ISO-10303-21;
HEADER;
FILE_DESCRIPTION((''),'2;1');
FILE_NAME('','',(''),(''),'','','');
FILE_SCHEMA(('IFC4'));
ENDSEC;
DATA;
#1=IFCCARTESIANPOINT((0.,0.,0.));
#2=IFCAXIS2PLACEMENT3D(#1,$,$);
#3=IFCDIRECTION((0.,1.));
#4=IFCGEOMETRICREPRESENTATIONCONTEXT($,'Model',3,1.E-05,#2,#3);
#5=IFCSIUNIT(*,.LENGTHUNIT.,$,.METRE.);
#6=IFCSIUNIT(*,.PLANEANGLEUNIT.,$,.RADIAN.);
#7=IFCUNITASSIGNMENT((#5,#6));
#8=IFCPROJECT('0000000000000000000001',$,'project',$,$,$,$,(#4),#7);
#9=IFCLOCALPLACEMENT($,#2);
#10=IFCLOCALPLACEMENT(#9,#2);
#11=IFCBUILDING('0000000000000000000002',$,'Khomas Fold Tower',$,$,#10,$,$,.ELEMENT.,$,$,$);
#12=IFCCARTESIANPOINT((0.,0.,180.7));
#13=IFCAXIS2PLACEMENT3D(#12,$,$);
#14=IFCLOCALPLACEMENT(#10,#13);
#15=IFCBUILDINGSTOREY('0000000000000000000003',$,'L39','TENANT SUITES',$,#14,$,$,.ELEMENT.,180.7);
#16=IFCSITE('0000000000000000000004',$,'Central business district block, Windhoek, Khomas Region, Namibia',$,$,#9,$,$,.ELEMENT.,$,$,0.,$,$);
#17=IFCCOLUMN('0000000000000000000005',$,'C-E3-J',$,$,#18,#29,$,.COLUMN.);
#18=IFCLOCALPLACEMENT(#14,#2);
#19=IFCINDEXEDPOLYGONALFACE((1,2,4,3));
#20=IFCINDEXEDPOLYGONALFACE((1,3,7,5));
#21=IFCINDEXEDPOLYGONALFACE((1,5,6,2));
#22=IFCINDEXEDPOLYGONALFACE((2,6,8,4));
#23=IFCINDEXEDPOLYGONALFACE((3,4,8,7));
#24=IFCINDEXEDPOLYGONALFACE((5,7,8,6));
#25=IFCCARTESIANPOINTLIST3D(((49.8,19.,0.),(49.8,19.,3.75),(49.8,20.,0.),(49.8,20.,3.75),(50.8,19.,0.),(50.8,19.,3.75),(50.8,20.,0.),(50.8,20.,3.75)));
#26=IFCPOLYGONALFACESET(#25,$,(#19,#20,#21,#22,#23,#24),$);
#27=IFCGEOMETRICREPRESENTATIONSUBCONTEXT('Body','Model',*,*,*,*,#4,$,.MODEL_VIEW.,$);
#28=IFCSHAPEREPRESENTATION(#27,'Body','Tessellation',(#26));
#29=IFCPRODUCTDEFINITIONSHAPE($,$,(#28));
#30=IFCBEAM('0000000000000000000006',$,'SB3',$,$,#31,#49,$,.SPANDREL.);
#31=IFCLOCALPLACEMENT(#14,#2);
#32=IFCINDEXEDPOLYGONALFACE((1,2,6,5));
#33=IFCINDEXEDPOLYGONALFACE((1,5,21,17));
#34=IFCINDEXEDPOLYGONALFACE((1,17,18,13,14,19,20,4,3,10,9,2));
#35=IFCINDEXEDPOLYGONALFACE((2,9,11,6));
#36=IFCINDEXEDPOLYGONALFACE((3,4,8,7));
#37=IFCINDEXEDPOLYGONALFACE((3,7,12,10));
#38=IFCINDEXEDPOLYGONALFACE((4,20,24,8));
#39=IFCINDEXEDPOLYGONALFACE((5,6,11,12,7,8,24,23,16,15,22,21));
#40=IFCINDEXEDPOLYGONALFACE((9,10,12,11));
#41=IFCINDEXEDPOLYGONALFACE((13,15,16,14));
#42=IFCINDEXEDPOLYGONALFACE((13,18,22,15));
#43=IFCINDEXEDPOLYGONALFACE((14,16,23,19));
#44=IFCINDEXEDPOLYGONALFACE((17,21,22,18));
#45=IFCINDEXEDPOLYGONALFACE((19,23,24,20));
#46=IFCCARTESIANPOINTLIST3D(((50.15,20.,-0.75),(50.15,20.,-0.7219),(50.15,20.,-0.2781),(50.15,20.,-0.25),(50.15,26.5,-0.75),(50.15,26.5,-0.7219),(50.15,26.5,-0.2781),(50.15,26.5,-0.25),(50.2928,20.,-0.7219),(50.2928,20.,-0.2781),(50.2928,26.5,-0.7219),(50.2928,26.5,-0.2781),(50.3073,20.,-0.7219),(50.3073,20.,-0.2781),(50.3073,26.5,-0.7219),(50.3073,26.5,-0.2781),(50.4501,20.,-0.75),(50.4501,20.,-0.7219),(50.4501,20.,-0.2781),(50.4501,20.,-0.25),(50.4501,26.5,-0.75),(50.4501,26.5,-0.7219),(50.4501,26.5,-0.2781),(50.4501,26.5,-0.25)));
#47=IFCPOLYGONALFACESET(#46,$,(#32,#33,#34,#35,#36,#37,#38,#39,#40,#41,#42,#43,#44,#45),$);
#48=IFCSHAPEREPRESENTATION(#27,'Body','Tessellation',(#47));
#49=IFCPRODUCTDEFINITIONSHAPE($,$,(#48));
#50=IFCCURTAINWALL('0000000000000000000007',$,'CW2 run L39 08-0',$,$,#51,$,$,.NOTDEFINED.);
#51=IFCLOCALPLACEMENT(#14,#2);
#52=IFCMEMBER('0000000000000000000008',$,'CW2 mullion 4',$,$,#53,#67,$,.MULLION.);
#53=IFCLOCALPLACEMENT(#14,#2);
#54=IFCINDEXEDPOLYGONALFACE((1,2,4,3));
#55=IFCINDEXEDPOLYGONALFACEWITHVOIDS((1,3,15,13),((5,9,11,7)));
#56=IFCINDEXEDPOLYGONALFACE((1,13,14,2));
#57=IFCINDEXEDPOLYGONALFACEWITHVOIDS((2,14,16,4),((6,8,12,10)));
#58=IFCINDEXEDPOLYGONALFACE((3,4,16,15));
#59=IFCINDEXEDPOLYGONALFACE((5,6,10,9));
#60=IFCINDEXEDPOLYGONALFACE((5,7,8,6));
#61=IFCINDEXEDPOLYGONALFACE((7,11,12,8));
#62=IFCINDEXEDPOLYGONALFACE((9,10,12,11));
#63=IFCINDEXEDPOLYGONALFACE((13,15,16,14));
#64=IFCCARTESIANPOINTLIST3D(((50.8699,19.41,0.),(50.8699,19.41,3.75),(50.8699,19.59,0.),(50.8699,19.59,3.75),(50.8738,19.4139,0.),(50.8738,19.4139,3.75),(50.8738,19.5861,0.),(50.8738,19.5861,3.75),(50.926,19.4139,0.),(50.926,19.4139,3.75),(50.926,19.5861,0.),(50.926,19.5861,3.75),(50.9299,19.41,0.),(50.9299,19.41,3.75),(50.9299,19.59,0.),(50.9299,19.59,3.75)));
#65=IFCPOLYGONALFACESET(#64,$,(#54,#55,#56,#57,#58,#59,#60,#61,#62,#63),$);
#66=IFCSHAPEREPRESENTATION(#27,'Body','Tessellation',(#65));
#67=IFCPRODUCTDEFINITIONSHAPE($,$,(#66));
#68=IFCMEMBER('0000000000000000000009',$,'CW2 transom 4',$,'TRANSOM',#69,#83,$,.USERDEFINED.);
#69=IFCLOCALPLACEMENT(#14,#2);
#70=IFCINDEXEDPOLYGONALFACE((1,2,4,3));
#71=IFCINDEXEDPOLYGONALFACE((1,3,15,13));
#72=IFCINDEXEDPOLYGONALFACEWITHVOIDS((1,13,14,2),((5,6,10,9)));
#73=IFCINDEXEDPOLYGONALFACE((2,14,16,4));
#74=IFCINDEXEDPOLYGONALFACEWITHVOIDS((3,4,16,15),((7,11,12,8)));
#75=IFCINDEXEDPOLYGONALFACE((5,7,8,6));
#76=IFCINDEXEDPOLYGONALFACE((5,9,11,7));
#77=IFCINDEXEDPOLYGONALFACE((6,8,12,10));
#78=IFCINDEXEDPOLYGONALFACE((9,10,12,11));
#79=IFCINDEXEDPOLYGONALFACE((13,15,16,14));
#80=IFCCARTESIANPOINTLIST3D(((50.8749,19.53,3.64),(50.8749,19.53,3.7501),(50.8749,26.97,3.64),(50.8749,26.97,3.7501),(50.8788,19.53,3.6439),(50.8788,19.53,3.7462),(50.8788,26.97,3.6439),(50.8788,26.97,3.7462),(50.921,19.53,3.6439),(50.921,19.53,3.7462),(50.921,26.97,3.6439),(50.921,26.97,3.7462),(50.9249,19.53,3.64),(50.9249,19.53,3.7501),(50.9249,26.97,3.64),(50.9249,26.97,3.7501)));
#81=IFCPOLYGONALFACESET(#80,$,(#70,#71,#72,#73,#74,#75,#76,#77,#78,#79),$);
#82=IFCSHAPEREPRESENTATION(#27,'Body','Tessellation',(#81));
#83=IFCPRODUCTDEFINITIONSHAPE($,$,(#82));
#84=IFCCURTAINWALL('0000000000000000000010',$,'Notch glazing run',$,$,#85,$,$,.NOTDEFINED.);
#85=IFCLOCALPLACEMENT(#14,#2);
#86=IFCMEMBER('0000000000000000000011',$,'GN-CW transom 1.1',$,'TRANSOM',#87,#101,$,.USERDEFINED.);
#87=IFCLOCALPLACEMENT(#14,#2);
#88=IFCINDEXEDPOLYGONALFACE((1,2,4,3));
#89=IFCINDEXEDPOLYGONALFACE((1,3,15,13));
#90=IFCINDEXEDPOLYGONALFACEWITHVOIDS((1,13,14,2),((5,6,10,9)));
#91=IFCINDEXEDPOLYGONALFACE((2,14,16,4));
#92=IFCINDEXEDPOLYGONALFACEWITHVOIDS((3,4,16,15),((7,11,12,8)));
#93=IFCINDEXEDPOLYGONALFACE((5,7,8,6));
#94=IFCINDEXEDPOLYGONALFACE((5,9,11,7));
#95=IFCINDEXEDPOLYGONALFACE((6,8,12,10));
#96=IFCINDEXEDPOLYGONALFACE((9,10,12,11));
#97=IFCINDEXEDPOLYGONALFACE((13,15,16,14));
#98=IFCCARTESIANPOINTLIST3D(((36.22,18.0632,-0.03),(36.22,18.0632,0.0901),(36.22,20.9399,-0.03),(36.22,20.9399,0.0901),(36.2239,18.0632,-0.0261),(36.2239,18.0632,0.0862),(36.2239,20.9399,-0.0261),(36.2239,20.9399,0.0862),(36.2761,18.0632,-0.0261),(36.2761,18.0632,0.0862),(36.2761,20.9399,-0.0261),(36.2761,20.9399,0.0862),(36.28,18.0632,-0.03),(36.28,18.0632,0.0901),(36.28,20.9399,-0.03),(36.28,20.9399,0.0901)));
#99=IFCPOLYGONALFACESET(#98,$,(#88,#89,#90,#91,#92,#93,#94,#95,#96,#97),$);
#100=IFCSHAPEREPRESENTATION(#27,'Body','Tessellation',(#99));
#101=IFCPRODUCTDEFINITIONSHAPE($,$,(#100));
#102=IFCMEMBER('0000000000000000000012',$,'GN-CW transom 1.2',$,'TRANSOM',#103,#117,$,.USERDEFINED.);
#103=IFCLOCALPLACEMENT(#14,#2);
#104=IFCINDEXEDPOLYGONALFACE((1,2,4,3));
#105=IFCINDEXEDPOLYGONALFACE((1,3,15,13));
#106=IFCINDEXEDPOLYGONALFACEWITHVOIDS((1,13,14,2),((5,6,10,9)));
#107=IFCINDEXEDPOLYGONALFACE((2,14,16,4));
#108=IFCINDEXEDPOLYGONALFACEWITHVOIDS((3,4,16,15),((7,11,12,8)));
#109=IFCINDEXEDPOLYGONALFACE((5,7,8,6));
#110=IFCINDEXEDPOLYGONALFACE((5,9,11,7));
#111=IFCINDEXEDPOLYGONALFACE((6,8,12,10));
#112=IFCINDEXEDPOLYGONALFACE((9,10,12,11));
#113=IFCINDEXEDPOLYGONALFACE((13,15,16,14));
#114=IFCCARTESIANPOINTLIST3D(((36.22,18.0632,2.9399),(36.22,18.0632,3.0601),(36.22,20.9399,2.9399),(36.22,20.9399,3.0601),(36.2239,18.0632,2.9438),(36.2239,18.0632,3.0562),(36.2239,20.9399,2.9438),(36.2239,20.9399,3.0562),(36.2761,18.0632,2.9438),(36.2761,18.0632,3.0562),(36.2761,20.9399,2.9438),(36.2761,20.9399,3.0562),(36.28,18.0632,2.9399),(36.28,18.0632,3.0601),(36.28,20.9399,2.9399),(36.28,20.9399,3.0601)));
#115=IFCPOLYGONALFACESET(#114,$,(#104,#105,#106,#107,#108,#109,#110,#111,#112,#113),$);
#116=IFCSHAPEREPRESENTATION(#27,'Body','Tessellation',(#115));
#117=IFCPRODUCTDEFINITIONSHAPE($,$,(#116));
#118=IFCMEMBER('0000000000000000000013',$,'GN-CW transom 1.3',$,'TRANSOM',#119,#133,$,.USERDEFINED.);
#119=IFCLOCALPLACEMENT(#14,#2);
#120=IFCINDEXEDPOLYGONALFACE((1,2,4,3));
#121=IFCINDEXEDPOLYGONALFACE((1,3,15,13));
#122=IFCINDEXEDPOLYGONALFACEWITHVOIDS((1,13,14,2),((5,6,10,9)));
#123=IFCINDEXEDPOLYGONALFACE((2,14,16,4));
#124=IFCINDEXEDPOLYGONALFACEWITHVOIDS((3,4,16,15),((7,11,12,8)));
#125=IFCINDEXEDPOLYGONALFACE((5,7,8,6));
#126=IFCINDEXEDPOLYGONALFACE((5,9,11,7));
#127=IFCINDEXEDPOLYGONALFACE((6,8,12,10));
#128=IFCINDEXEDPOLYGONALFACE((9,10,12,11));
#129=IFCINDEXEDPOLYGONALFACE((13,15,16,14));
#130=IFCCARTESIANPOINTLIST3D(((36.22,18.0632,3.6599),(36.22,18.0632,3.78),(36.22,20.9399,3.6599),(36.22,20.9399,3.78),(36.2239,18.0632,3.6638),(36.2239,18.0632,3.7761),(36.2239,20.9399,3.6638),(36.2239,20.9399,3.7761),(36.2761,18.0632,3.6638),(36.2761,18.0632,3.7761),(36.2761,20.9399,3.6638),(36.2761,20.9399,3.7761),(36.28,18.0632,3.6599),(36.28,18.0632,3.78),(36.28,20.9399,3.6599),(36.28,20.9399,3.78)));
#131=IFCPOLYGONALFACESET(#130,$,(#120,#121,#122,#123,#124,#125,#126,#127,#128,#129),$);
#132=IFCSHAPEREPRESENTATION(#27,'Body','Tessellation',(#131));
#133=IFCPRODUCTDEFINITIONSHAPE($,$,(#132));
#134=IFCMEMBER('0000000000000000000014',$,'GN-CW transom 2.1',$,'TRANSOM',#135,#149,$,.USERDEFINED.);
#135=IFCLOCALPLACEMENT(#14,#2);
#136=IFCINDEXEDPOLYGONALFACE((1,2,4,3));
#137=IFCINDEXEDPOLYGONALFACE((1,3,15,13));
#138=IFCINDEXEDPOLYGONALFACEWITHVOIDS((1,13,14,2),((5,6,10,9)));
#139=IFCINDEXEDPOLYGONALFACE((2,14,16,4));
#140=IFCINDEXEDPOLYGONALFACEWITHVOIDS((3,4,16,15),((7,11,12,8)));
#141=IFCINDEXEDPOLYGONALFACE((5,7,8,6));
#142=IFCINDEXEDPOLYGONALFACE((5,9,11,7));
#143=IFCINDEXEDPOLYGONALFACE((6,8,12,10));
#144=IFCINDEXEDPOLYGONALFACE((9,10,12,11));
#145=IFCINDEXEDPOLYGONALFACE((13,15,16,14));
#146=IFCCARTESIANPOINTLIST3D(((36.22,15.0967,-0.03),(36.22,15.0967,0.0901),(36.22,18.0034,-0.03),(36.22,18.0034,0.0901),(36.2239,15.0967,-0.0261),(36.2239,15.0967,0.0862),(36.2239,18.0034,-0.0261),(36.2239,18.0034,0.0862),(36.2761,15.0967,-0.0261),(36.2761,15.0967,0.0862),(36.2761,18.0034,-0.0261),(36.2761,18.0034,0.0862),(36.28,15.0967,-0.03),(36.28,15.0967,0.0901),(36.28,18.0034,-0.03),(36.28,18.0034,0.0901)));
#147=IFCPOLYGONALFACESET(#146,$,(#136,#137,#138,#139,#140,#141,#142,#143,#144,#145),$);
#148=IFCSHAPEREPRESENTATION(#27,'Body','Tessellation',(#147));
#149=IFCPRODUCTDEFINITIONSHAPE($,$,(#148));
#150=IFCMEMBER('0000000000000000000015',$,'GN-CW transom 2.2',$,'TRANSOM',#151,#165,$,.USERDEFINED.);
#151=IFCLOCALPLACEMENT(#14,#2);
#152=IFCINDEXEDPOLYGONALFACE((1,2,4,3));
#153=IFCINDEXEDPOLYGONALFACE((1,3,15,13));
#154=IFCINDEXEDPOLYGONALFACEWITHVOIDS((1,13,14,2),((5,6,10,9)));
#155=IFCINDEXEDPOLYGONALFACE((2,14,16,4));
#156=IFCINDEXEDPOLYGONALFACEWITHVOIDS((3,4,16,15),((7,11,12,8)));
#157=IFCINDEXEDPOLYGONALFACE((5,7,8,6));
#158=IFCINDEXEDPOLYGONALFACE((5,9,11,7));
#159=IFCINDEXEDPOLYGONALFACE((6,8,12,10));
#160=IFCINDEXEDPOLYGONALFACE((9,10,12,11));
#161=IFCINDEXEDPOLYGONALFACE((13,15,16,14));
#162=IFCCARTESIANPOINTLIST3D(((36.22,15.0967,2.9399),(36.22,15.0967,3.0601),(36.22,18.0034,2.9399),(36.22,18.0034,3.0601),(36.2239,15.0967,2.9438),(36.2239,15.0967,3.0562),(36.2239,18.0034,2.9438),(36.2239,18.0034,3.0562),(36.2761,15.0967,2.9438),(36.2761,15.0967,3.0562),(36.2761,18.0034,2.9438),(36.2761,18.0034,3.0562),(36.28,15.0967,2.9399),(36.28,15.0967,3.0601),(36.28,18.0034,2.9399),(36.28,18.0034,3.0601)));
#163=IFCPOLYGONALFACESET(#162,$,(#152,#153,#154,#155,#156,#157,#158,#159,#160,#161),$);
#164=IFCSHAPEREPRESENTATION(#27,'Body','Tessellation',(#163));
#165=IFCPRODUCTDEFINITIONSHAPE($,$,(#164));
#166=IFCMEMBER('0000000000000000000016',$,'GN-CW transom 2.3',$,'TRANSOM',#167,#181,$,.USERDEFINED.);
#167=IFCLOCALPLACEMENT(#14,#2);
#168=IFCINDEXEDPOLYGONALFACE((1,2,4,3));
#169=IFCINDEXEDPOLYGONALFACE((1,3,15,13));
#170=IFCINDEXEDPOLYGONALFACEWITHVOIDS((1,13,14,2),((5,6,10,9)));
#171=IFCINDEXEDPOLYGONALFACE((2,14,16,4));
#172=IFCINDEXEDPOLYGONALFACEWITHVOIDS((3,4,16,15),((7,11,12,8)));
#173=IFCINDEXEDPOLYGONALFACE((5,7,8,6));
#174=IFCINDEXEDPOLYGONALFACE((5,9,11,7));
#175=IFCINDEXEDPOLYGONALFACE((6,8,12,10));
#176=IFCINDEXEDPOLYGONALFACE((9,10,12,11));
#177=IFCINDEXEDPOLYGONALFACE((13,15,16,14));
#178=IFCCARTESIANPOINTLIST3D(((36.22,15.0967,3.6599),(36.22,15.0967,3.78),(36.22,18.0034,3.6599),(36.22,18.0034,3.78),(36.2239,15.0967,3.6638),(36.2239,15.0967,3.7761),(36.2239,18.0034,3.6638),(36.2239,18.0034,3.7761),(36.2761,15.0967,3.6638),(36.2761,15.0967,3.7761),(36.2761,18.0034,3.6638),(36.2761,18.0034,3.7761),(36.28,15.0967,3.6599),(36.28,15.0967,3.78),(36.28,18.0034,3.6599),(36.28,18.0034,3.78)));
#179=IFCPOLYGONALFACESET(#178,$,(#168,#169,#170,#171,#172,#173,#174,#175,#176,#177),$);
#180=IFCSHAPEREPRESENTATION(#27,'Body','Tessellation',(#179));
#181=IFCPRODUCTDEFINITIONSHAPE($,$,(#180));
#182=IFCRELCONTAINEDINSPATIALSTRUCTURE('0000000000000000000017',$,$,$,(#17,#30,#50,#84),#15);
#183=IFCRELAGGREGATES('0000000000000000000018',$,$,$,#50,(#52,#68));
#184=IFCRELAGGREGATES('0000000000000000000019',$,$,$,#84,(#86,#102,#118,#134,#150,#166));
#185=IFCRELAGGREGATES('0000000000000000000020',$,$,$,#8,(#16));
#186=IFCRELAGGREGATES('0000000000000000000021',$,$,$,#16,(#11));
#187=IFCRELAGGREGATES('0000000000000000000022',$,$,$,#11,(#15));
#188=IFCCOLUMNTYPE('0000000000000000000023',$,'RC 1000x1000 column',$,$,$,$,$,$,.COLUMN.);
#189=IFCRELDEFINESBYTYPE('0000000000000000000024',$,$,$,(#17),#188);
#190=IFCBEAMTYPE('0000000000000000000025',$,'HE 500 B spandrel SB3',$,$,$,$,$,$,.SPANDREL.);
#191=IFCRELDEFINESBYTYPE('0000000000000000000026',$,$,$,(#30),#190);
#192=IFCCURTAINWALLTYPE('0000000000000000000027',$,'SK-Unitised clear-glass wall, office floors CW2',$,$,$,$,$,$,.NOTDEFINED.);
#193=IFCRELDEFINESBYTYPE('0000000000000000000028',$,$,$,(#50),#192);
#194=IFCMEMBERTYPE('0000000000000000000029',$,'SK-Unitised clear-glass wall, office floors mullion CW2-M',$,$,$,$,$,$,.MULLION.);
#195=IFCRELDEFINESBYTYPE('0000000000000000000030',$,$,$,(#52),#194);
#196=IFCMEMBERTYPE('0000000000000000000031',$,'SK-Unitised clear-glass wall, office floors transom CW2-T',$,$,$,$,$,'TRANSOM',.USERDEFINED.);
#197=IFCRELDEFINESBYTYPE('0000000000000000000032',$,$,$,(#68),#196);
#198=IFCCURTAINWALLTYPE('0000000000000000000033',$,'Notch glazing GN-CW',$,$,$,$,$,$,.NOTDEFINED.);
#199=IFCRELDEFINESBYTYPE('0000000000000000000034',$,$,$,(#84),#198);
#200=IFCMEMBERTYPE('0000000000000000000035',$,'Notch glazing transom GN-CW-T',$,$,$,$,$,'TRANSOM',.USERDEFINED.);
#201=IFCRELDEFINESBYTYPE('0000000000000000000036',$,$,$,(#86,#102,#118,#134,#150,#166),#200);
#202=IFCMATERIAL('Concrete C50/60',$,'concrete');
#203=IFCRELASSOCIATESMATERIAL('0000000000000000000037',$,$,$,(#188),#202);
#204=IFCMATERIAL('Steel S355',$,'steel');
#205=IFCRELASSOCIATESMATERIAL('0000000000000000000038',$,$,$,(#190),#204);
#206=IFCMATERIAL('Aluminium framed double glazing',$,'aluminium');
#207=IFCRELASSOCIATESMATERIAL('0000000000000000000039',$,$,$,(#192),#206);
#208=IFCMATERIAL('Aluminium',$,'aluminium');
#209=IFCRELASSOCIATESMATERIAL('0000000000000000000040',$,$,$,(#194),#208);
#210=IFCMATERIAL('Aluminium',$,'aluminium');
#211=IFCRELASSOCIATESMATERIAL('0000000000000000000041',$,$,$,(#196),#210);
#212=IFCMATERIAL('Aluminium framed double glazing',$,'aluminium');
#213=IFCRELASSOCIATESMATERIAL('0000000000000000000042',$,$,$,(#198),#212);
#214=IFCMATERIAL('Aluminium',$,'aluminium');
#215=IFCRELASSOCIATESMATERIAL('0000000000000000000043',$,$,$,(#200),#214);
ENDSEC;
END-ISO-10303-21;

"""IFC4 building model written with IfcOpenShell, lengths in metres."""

from ifc_helpers import new_model, si_unit, direction, frame, origin, origin_2d, place, context, subcontext, project, spatial, rectangle, hollow_rectangle, i_section, extrude, source, transform, mapped, material, material_profile, profile_set, type_object, element, aggregate, save


model = new_model("IFC4")

# Units and contexts
model_context = context("Model", 3, precision=1e-05, world=origin(), true_north=direction((0.0, 1.0)))
body_context = subcontext(model_context, "Body", "Model", "MODEL_VIEW")
ifc_project = project(units=[si_unit("LENGTHUNIT", "METRE"), si_unit("PLANEANGLEUNIT", "RADIAN")], contexts=[model_context])

# Site, building, storey
site_placement = place(None, origin())
site = spatial("IfcSite", under=ifc_project, at=site_placement, Name="Central business district block, Windhoek, Khomas Region, Namibia", CompositionType="ELEMENT", RefElevation=0.0)
building_placement = place(site_placement, origin())
building = spatial("IfcBuilding", under=site, at=building_placement, Name="Khomas Fold Tower", CompositionType="ELEMENT")
storey_placement = place(building_placement, frame((0.0, 0.0, 180.7)))
storey = spatial("IfcBuildingStorey", under=building, at=storey_placement, Name="L39", Description="TENANT SUITES", CompositionType="ELEMENT", Elevation=180.7)

# Column
ifc_material_1 = material(Name="Concrete C50/60", Category="concrete")
ifc_material_profile_1 = material_profile(ifc_material_1, rectangle(XDim=1.0, YDim=1.0, at=origin_2d()), Name="RC 1000x1000")
ifc_profile_set_1 = profile_set([ifc_material_profile_1], Name="Concrete C50/60")
column_type = type_object("IfcColumnType", Name="RC 1000x1000 column", PredefinedType="COLUMN", material=ifc_profile_set_1)
shared_shape_1 = source(origin(), body_context, "Body", "SweptSolid", [
    extrude(rectangle(XDim=1.0, YDim=1.0, at=origin_2d()), origin(), (0.0, 0.0, 1.0), 3.75),
])
column_placement = place(storey_placement, frame((50.3, 19.5, 0.0), z_axis=(0.0, 0.0, 1.0), x_axis=(1.0, 0.0, 0.0)))
element("IfcColumn", 1, at=column_placement, inside=storey, type_object=column_type, Name="C-E3-J", PredefinedType="COLUMN", context=body_context, shape_type="MappedRepresentation", body=[
    mapped(shared_shape_1, transform((0.0, 0.0, 0.0))),
])

# Beam
ifc_material_2 = material(Name="Steel S355", Category="steel")
ifc_material_profile_2 = material_profile(ifc_material_2, i_section(OverallWidth=0.3, OverallDepth=0.5, WebThickness=0.0144, FlangeThickness=0.0281, at=origin_2d()), Name="HE 500 B")
ifc_profile_set_2 = profile_set([ifc_material_profile_2], Name="Steel S355")
beam_type = type_object("IfcBeamType", Name="HE 500 B spandrel SB3", PredefinedType="SPANDREL", material=ifc_profile_set_2)
shared_shape_2 = source(origin(), body_context, "Body", "SweptSolid", [
    extrude(i_section(OverallWidth=0.3, OverallDepth=0.5, WebThickness=0.0144, FlangeThickness=0.0281, at=origin_2d()), origin(), (0.0, 0.0, 1.0), 6.5),
])
beam_placement = place(storey_placement, frame((50.3, 20.0, -0.5), z_axis=(0.0, 1.0, 0.0), x_axis=(-1.0, 0.0, 0.0)))
element("IfcBeam", 2, at=beam_placement, inside=storey, type_object=beam_type, Name="SB3", PredefinedType="SPANDREL", context=body_context, shape_type="MappedRepresentation", body=[
    mapped(shared_shape_2, transform((0.0, 0.0, 0.0))),
])

# Curtain wall, members
ifc_material_3 = material(Name="Aluminium framed double glazing", Category="aluminium")
curtain_wall_type_1 = type_object("IfcCurtainWallType", Name="SK-Unitised clear-glass wall, office floors CW2", PredefinedType="NOTDEFINED", material=ifc_material_3)
curtain_wall_1_placement = place(storey_placement, origin())
curtain_wall_1 = element("IfcCurtainWall", 3, at=curtain_wall_1_placement, inside=storey, type_object=curtain_wall_type_1, Name="CW2 run L39 08-0", PredefinedType="NOTDEFINED")
ifc_material_4 = material(Name="Aluminium", Category="aluminium")
ifc_material_profile_3 = material_profile(ifc_material_4, hollow_rectangle(XDim=0.0601, YDim=0.1799, WallThickness=0.0039, at=origin_2d()), Name="SK-Unitised clear-glass wall, office floors mullion CW2-M")
ifc_profile_set_3 = profile_set([ifc_material_profile_3], Name="Aluminium")
member_type_1 = type_object("IfcMemberType", Name="SK-Unitised clear-glass wall, office floors mullion CW2-M", PredefinedType="MULLION", material=ifc_profile_set_3)
shared_shape_3 = source(origin(), body_context, "Body", "SweptSolid", [
    extrude(hollow_rectangle(XDim=0.0601, YDim=0.1799, WallThickness=0.0039, at=origin_2d()), origin(), (0.0, 0.0, 1.0), 3.75),
])
member_1_placement = place(storey_placement, frame((50.8999, 19.5, 0.0), z_axis=(0.0, 0.0, 1.0), x_axis=(-1.0, 0.0, 0.0)))
member_1 = element("IfcMember", 4, at=member_1_placement, type_object=member_type_1, Name="CW2 mullion 4", PredefinedType="MULLION", context=body_context, shape_type="MappedRepresentation", body=[
    mapped(shared_shape_3, transform((0.0, 0.0, 0.0))),
])
ifc_material_5 = material(Name="Aluminium", Category="aluminium")
ifc_material_profile_4 = material_profile(ifc_material_5, hollow_rectangle(XDim=0.05, YDim=0.1101, WallThickness=0.0039, at=origin_2d()), Name="SK-Unitised clear-glass wall, office floors transom CW2-T")
ifc_profile_set_4 = profile_set([ifc_material_profile_4], Name="Aluminium")
member_type_2 = type_object("IfcMemberType", Name="SK-Unitised clear-glass wall, office floors transom CW2-T", ElementType="TRANSOM", PredefinedType="USERDEFINED", material=ifc_profile_set_4)
shared_shape_4 = source(origin(), body_context, "Body", "SweptSolid", [
    extrude(hollow_rectangle(XDim=0.05, YDim=0.1101, WallThickness=0.0039, at=origin_2d()), origin(), (0.0, 0.0, 1.0), 7.4399),
])
member_2_placement = place(storey_placement, frame((50.8999, 19.53, 3.6951), z_axis=(0.0, 1.0, 0.0), x_axis=(-1.0, 0.0, 0.0)))
member_2 = element("IfcMember", 5, at=member_2_placement, type_object=member_type_2, Name="CW2 transom 4", ObjectType="TRANSOM", PredefinedType="USERDEFINED", context=body_context, shape_type="MappedRepresentation", body=[
    mapped(shared_shape_4, transform((0.0, 0.0, 0.0))),
])
aggregate(curtain_wall_1, [member_1, member_2])

# Curtain wall, members
ifc_material_6 = material(Name="Aluminium framed double glazing", Category="aluminium")
curtain_wall_type_2 = type_object("IfcCurtainWallType", Name="Notch glazing GN-CW", PredefinedType="NOTDEFINED", material=ifc_material_6)
curtain_wall_2_placement = place(storey_placement, origin())
curtain_wall_2 = element("IfcCurtainWall", 6, at=curtain_wall_2_placement, inside=storey, type_object=curtain_wall_type_2, Name="Notch glazing run", PredefinedType="NOTDEFINED")
ifc_material_7 = material(Name="Aluminium", Category="aluminium")
ifc_material_profile_5 = material_profile(ifc_material_7, hollow_rectangle(XDim=0.0601, YDim=0.1201, WallThickness=0.0039, at=origin_2d()), Name="Notch glazing transom GN-CW-T")
ifc_profile_set_5 = profile_set([ifc_material_profile_5], Name="Aluminium")
member_type_3 = type_object("IfcMemberType", Name="Notch glazing transom GN-CW-T", ElementType="TRANSOM", PredefinedType="USERDEFINED", material=ifc_profile_set_5)
shared_shape_5 = source(origin(), body_context, "Body", "SweptSolid", [
    extrude(hollow_rectangle(XDim=0.0601, YDim=0.1201, WallThickness=0.0039, at=origin_2d()), origin(), (0.0, 0.0, 1.0), 2.8767),
])
member_3_placement = place(storey_placement, frame((36.25, 20.9399, 0.03), z_axis=(0.0, -1.0, 0.0), x_axis=(1.0, 0.0, 0.0)))
member_3 = element("IfcMember", 7, at=member_3_placement, type_object=member_type_3, Name="GN-CW transom 1.1", ObjectType="TRANSOM", PredefinedType="USERDEFINED", context=body_context, shape_type="MappedRepresentation", body=[
    mapped(shared_shape_5, transform((0.0, 0.0, 0.0))),
])
member_4_placement = place(storey_placement, frame((36.25, 20.9399, 3.0), z_axis=(0.0, -1.0, 0.0), x_axis=(1.0, 0.0, 0.0)))
member_4 = element("IfcMember", 8, at=member_4_placement, type_object=member_type_3, Name="GN-CW transom 1.2", ObjectType="TRANSOM", PredefinedType="USERDEFINED", context=body_context, shape_type="MappedRepresentation", body=[
    mapped(shared_shape_5, transform((0.0, 0.0, 0.0))),
])
member_5_placement = place(storey_placement, frame((36.25, 20.9399, 3.72), z_axis=(0.0, -1.0, 0.0), x_axis=(1.0, 0.0, 0.0)))
member_5 = element("IfcMember", 9, at=member_5_placement, type_object=member_type_3, Name="GN-CW transom 1.3", ObjectType="TRANSOM", PredefinedType="USERDEFINED", context=body_context, shape_type="MappedRepresentation", body=[
    mapped(shared_shape_5, transform((0.0, 0.0, 0.0))),
])
shared_shape_6 = source(origin(), body_context, "Body", "SweptSolid", [
    extrude(hollow_rectangle(XDim=0.0601, YDim=0.1201, WallThickness=0.0039, at=origin_2d()), origin(), (0.0, 0.0, 1.0), 2.9067),
])
member_6_placement = place(storey_placement, frame((36.25, 18.0034, 0.03), z_axis=(0.0, -1.0, 0.0), x_axis=(1.0, 0.0, 0.0)))
member_6 = element("IfcMember", 10, at=member_6_placement, type_object=member_type_3, Name="GN-CW transom 2.1", ObjectType="TRANSOM", PredefinedType="USERDEFINED", context=body_context, shape_type="MappedRepresentation", body=[
    mapped(shared_shape_6, transform((0.0, 0.0, 0.0))),
])
member_7_placement = place(storey_placement, frame((36.25, 18.0034, 3.0), z_axis=(0.0, -1.0, 0.0), x_axis=(1.0, 0.0, 0.0)))
member_7 = element("IfcMember", 11, at=member_7_placement, type_object=member_type_3, Name="GN-CW transom 2.2", ObjectType="TRANSOM", PredefinedType="USERDEFINED", context=body_context, shape_type="MappedRepresentation", body=[
    mapped(shared_shape_6, transform((0.0, 0.0, 0.0))),
])
member_8_placement = place(storey_placement, frame((36.25, 18.0034, 3.72), z_axis=(0.0, -1.0, 0.0), x_axis=(1.0, 0.0, 0.0)))
member_8 = element("IfcMember", 12, at=member_8_placement, type_object=member_type_3, Name="GN-CW transom 2.3", ObjectType="TRANSOM", PredefinedType="USERDEFINED", context=body_context, shape_type="MappedRepresentation", body=[
    mapped(shared_shape_6, transform((0.0, 0.0, 0.0))),
])
aggregate(curtain_wall_2, [member_3, member_4, member_5, member_6, member_7, member_8])

save(model, "model.ifc")
